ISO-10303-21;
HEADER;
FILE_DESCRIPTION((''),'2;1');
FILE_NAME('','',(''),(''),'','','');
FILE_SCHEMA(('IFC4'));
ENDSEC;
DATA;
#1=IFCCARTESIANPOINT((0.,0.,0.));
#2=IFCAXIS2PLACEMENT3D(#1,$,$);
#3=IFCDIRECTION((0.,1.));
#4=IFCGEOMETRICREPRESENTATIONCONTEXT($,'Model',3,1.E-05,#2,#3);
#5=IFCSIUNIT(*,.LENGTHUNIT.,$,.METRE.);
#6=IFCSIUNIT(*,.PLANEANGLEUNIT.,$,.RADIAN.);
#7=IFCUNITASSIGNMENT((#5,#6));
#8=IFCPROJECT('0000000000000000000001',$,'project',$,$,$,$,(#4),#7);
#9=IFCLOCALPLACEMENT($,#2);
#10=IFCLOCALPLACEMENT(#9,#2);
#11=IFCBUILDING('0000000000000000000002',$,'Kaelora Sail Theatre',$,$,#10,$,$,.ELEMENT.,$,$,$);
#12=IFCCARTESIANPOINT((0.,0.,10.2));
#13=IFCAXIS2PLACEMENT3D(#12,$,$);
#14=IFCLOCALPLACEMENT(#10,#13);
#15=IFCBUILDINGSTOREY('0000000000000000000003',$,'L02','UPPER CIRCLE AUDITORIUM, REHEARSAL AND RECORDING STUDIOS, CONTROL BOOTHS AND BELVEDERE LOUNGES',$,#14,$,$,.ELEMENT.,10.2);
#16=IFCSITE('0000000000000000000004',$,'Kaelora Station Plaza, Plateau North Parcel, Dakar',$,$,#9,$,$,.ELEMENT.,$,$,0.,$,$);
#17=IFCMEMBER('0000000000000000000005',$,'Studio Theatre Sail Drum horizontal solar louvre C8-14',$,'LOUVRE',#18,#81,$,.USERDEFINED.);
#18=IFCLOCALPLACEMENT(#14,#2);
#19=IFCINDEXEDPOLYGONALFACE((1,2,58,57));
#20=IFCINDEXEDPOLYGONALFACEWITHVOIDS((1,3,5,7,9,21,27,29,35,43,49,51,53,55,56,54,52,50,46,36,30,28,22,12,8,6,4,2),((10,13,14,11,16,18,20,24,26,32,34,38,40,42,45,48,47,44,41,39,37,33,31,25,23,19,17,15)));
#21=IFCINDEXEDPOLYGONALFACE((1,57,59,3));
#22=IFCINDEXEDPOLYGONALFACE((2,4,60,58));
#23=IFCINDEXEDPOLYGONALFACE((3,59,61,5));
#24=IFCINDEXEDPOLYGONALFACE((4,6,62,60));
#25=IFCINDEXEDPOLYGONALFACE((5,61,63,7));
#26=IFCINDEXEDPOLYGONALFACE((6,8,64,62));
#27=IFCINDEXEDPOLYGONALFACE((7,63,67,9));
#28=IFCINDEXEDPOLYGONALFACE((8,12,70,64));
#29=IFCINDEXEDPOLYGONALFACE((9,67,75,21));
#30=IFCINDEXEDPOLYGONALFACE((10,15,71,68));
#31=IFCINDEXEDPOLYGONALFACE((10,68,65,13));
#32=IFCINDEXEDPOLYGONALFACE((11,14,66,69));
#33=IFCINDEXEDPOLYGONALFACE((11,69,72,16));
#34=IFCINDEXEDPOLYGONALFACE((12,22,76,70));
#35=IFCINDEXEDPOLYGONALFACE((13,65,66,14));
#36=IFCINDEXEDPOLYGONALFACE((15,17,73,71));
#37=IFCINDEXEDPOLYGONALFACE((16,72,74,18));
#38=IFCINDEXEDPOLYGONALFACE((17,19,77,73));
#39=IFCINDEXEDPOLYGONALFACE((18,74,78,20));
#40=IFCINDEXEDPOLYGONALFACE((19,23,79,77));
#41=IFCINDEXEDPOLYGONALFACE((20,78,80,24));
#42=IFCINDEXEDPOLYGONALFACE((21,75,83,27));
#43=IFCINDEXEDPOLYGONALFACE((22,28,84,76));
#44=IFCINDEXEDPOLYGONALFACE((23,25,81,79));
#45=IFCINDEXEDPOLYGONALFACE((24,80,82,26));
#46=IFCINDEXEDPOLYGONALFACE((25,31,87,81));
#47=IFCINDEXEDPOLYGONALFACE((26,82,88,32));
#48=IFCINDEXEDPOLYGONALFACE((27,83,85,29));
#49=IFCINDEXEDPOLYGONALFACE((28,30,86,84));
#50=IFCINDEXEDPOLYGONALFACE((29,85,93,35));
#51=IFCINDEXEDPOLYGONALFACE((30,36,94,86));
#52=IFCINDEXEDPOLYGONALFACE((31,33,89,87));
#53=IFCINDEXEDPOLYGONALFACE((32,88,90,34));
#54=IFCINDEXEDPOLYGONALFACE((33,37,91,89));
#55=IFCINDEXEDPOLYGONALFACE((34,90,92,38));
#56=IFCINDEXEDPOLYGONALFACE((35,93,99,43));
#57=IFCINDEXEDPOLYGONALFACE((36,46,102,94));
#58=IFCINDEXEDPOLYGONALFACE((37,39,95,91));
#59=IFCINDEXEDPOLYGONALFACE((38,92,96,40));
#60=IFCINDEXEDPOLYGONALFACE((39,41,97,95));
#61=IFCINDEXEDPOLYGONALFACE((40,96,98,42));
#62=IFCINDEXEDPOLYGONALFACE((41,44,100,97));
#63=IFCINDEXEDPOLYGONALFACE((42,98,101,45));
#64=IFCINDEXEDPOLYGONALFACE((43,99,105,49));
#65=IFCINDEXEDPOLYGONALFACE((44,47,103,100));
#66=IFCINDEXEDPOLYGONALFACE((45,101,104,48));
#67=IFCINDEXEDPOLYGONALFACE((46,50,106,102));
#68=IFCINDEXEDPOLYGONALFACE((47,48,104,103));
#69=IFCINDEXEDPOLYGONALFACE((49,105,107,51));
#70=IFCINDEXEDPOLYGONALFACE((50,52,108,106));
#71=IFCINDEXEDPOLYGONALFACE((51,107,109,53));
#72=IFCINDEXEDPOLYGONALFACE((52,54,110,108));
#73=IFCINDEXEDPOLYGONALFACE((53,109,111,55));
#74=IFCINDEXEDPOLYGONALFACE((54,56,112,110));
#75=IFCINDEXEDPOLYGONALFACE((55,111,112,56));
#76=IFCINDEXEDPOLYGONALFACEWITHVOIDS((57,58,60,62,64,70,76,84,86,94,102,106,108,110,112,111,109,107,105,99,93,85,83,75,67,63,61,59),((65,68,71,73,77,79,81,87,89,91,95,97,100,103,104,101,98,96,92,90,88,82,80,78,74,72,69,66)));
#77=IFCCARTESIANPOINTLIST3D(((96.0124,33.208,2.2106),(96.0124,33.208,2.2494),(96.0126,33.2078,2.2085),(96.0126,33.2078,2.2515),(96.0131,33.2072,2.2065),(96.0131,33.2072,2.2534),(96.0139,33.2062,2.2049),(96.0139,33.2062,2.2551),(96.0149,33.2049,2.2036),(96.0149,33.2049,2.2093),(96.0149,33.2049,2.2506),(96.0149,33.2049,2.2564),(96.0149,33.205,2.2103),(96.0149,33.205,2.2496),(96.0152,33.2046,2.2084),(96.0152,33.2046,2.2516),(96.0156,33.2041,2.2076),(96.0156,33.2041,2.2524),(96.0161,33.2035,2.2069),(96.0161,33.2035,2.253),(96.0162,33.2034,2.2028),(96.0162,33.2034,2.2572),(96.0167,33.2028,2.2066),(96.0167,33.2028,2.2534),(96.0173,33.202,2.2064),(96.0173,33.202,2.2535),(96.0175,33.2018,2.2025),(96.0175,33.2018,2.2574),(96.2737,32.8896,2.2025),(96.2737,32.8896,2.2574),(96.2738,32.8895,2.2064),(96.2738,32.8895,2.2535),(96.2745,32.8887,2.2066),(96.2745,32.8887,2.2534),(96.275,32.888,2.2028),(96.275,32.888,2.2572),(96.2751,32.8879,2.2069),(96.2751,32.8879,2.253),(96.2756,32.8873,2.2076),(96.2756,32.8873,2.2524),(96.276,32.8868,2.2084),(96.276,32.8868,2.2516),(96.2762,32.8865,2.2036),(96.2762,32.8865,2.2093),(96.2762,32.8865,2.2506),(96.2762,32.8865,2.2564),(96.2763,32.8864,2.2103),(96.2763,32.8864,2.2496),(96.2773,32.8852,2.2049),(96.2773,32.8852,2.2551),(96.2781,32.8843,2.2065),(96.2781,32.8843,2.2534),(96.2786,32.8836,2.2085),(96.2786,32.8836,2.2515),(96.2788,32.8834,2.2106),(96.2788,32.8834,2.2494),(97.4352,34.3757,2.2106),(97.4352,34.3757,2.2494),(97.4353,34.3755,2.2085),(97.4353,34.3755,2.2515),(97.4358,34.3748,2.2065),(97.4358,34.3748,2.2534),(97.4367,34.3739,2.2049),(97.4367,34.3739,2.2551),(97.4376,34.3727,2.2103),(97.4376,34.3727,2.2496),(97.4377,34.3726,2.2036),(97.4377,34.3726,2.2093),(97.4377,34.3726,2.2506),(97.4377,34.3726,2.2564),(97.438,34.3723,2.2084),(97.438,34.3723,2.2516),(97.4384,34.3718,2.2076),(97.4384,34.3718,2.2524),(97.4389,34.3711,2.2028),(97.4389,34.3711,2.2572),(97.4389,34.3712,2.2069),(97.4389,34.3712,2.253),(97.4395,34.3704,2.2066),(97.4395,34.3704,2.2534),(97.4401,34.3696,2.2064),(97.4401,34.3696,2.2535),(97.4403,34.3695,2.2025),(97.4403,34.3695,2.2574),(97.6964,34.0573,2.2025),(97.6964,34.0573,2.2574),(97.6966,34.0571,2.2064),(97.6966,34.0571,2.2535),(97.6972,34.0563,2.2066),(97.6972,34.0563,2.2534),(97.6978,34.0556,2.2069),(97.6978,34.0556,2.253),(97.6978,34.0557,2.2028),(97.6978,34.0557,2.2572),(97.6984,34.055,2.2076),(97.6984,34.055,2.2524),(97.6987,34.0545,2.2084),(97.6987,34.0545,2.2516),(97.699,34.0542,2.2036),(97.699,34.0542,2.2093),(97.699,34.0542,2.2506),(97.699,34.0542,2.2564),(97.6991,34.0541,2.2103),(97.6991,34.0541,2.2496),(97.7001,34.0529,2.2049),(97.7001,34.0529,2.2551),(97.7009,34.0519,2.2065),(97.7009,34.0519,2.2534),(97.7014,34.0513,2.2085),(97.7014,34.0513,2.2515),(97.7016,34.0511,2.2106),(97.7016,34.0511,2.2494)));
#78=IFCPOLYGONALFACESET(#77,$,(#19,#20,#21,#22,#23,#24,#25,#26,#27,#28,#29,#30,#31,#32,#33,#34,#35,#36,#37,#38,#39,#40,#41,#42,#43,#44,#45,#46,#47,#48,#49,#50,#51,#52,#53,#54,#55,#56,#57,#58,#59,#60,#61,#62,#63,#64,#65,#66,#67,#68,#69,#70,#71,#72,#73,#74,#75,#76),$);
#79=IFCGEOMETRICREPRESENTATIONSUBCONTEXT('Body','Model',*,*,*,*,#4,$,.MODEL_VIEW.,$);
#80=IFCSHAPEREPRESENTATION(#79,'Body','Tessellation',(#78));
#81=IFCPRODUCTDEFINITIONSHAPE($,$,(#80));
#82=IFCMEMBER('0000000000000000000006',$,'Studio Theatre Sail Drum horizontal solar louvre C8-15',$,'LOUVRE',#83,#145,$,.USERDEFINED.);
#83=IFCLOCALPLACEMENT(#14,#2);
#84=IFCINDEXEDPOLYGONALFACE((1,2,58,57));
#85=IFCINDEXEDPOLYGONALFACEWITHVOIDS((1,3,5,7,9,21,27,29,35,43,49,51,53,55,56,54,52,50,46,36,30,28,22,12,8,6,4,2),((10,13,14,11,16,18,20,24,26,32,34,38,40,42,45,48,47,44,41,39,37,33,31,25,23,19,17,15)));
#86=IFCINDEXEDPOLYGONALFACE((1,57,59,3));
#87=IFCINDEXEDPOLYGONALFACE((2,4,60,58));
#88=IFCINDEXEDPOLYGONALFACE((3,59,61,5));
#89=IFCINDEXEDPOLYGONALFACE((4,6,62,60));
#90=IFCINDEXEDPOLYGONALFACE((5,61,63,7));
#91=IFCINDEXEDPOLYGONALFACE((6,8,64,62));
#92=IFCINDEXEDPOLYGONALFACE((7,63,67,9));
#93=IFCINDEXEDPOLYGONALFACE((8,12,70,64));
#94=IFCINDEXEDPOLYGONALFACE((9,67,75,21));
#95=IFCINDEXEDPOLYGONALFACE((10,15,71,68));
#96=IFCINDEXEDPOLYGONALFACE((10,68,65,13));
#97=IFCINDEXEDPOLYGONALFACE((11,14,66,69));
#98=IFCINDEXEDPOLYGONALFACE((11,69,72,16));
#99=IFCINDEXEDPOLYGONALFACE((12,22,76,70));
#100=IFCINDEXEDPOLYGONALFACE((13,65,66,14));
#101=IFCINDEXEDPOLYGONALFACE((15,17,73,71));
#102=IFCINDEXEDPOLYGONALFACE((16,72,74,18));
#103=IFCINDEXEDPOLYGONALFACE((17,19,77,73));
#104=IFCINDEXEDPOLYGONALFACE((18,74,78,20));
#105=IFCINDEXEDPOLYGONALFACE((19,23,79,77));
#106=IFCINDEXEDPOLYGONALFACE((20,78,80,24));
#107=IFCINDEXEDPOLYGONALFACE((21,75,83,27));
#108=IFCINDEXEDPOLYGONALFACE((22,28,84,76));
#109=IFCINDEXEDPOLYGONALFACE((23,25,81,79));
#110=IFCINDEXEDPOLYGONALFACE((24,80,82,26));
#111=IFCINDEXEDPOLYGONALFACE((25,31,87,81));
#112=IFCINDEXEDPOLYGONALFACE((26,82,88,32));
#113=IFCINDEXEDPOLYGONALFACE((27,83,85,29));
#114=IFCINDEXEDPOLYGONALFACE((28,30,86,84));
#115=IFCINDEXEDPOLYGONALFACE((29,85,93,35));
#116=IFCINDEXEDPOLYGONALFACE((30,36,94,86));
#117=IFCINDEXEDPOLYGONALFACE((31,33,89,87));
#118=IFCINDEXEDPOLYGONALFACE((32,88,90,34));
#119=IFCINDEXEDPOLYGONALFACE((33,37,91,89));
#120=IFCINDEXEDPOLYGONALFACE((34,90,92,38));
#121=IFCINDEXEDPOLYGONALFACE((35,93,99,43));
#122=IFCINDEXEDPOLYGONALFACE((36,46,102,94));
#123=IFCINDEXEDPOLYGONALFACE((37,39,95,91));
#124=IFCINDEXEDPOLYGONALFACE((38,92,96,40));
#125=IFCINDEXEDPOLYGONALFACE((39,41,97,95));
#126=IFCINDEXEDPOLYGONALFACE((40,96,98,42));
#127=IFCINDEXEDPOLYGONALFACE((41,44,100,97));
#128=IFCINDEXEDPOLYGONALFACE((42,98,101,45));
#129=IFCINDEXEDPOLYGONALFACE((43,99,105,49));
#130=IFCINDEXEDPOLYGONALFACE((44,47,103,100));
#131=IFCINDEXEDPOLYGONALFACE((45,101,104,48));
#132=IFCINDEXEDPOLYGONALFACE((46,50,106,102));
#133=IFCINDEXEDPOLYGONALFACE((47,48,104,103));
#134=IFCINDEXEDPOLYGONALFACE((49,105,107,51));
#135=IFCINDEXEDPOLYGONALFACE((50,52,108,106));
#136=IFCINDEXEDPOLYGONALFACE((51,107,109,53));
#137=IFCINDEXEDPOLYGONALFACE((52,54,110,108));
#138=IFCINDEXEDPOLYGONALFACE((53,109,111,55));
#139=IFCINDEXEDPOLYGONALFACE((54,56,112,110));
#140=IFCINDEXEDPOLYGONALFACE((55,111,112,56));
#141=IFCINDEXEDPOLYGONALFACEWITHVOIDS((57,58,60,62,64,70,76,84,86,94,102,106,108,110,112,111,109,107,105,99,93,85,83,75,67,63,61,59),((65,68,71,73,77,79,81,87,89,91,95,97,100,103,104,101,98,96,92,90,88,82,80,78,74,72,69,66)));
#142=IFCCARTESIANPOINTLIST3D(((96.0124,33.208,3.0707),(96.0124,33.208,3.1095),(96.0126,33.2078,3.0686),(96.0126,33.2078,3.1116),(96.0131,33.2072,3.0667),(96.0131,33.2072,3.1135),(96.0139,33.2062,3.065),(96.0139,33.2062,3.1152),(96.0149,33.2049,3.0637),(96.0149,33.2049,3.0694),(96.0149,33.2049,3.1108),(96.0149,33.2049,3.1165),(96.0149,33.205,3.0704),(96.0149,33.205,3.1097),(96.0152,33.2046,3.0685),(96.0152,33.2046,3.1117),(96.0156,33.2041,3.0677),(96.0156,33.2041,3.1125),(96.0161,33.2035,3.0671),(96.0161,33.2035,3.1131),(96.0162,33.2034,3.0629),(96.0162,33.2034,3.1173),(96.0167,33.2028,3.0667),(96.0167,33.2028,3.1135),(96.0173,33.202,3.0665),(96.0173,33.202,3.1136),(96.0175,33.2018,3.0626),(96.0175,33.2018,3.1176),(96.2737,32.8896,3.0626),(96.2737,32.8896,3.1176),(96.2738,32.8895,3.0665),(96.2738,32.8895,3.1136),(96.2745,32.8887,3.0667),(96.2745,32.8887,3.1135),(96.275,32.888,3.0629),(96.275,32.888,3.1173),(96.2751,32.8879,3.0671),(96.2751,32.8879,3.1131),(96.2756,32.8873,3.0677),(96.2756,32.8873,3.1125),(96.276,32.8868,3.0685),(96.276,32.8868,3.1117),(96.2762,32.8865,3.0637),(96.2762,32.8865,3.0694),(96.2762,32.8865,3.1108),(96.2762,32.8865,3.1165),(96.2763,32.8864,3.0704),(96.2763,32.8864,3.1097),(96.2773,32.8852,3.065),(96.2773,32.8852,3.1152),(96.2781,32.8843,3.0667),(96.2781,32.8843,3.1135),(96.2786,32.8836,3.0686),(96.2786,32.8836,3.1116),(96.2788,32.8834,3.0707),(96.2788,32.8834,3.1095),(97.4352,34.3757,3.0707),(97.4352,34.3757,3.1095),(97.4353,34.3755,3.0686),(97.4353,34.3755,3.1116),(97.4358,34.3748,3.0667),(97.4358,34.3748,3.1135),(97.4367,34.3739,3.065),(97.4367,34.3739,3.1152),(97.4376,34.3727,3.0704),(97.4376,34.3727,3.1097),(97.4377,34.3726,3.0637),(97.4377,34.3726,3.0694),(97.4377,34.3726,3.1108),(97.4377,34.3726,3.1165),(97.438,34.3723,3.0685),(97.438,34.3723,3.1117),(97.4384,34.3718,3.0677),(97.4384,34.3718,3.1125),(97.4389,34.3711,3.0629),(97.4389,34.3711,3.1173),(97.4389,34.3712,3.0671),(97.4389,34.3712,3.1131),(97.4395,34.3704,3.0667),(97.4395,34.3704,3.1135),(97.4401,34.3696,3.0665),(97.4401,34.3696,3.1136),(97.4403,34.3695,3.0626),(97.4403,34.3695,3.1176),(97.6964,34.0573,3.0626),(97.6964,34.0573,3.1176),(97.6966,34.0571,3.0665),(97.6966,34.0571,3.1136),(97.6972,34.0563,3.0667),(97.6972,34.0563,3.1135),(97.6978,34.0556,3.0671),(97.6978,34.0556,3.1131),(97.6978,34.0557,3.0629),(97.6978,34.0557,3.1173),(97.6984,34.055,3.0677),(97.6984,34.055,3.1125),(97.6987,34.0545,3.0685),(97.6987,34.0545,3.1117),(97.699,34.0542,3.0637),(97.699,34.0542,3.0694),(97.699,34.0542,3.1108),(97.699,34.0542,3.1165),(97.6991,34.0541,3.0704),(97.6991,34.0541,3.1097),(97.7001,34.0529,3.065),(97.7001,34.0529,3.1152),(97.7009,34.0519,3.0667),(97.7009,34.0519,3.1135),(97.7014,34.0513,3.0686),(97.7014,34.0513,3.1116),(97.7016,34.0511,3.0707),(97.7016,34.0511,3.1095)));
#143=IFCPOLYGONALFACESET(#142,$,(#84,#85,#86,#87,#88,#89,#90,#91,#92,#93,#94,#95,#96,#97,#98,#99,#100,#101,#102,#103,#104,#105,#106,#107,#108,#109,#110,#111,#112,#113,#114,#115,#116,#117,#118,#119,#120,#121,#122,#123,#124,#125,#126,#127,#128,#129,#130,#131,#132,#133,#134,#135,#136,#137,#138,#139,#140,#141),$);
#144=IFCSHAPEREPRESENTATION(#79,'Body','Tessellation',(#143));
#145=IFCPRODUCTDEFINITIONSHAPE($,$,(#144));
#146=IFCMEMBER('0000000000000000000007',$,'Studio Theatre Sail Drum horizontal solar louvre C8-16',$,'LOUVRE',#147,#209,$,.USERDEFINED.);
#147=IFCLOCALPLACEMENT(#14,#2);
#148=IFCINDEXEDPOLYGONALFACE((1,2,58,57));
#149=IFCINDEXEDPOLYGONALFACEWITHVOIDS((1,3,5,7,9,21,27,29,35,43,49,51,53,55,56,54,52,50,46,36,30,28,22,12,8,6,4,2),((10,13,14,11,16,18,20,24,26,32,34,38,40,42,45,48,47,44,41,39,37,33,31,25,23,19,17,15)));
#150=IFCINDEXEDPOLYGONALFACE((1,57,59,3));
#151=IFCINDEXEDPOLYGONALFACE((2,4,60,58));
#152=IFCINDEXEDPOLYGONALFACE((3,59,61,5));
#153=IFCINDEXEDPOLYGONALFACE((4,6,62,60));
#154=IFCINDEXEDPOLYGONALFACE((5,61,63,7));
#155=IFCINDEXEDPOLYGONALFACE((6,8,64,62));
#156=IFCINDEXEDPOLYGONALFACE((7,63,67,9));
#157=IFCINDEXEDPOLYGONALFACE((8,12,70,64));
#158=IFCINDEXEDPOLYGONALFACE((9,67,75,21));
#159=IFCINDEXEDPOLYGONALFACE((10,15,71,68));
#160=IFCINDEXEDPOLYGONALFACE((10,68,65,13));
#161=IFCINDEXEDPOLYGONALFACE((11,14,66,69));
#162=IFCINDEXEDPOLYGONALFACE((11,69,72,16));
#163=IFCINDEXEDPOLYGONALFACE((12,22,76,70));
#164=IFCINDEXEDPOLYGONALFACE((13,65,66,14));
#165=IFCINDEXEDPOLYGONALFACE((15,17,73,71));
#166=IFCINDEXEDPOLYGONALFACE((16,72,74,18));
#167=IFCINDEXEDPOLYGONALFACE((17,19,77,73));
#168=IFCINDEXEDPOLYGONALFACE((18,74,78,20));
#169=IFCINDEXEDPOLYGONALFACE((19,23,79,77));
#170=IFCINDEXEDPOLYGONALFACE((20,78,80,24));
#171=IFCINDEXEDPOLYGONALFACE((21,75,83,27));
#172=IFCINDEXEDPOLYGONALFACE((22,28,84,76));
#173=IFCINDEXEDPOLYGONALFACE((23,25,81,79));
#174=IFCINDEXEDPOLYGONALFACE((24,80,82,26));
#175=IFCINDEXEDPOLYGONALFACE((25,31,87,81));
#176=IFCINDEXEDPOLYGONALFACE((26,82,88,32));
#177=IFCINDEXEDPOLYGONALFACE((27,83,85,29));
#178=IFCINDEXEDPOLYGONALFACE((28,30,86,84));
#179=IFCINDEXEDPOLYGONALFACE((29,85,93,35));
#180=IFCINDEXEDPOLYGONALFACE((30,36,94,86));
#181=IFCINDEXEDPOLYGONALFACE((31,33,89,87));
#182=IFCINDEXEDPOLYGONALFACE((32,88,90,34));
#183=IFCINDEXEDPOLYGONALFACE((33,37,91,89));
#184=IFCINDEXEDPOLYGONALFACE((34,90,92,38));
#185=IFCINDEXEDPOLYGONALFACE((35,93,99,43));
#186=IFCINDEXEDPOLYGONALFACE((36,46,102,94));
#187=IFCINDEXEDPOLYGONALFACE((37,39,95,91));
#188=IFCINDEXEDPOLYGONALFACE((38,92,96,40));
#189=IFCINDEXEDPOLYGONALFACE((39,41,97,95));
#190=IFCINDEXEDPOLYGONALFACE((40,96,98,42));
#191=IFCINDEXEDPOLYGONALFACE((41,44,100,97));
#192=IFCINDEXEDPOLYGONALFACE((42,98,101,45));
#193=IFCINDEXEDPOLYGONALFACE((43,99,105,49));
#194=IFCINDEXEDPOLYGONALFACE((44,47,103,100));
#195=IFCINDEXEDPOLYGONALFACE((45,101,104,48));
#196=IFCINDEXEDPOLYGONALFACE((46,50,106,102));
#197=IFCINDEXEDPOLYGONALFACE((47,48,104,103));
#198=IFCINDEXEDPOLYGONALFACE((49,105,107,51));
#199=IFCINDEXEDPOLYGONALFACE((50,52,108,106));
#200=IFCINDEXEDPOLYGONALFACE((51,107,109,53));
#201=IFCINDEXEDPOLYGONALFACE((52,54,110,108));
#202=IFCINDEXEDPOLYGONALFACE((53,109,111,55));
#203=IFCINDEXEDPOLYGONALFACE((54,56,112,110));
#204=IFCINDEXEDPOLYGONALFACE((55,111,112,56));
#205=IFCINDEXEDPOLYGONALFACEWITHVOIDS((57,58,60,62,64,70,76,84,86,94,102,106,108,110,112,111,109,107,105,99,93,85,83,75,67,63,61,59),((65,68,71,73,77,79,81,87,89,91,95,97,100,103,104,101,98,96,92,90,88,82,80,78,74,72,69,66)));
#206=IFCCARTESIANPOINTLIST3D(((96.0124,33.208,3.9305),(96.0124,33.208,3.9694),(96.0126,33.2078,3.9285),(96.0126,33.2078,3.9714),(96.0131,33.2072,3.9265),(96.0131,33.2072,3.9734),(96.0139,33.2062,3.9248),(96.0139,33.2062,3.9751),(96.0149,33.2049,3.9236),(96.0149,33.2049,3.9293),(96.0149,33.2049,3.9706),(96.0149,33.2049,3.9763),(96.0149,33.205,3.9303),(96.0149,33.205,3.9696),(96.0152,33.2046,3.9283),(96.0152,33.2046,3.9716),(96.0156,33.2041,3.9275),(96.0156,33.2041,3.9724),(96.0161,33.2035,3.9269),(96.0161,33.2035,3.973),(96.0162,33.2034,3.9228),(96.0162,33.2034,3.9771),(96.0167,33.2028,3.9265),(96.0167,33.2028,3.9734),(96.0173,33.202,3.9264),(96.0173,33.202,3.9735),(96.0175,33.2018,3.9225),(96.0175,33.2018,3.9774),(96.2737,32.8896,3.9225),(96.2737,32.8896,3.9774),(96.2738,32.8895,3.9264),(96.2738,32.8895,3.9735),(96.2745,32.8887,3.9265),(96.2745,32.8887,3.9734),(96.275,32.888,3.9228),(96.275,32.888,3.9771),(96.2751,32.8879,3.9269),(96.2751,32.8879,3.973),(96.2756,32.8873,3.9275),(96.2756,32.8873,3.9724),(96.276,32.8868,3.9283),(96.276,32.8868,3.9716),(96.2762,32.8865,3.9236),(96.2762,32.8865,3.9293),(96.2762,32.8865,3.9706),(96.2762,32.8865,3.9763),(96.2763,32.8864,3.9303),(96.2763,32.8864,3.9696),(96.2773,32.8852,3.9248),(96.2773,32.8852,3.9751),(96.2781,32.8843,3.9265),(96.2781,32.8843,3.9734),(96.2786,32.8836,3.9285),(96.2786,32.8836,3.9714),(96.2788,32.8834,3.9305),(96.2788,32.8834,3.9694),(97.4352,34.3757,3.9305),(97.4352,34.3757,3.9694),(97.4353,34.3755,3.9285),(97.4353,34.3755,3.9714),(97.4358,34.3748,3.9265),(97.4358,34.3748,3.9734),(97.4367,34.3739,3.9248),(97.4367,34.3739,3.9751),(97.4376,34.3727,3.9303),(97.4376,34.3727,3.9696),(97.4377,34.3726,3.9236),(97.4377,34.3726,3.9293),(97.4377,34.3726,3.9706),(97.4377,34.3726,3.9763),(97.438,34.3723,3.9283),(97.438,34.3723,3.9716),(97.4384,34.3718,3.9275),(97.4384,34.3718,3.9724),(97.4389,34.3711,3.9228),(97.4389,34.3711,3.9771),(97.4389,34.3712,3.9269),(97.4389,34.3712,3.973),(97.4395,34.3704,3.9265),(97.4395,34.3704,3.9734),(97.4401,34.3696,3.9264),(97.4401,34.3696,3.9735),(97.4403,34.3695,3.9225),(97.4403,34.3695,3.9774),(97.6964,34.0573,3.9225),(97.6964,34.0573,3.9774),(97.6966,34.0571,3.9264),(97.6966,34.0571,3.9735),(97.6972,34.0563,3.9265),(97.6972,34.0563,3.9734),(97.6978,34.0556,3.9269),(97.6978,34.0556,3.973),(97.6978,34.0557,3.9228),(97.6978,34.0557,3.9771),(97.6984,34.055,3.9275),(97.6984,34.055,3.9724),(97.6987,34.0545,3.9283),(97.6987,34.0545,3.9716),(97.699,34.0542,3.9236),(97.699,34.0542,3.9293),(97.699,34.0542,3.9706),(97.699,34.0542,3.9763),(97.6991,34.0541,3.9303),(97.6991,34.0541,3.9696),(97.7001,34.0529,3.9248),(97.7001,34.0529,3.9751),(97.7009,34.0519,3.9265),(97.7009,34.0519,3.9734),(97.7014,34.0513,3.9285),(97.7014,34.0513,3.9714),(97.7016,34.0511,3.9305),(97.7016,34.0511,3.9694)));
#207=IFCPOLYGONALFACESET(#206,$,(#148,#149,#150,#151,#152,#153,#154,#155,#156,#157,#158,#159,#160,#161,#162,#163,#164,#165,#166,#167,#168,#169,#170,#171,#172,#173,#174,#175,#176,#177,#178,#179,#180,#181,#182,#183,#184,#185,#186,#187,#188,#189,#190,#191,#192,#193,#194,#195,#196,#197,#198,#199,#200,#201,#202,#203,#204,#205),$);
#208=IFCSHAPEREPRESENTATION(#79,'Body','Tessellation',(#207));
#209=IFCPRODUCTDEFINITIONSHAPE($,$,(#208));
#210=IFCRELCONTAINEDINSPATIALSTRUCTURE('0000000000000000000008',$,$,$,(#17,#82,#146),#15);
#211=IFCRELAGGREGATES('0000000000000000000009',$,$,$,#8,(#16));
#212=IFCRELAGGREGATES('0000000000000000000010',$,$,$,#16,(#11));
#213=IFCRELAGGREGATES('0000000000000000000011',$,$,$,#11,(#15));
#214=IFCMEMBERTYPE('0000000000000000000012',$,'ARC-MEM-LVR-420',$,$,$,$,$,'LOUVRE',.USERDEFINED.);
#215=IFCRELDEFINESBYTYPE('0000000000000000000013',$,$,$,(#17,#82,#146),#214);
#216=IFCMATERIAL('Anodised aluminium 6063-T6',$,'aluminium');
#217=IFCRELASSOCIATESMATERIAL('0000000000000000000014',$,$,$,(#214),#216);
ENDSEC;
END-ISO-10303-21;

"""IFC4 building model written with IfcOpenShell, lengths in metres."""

from ifc_helpers import new_model, si_unit, direction, frame, origin, origin_2d, place, context, subcontext, project, spatial, hollow_rectangle, extrude, material, material_profile, profile_set, type_object, element, save


model = new_model("IFC4")

# Units and contexts
model_context = context("Model", 3, precision=1e-05, world=origin(), true_north=direction((0.0, 1.0)))
body_context = subcontext(model_context, "Body", "Model", "MODEL_VIEW")
ifc_project = project(units=[si_unit("LENGTHUNIT", "METRE"), si_unit("PLANEANGLEUNIT", "RADIAN")], contexts=[model_context])

# Site, building, storey
site_placement = place(None, origin())
site = spatial("IfcSite", under=ifc_project, at=site_placement, Name="Kaelora Station Plaza, Plateau North Parcel, Dakar", CompositionType="ELEMENT", RefElevation=0.0)
building_placement = place(site_placement, origin())
building = spatial("IfcBuilding", under=site, at=building_placement, Name="Kaelora Sail Theatre", CompositionType="ELEMENT")
storey_placement = place(building_placement, frame((0.0, 0.0, 10.2)))
storey = spatial("IfcBuildingStorey", under=building, at=storey_placement, Name="L02", Description="UPPER CIRCLE AUDITORIUM, REHEARSAL AND RECORDING STUDIOS, CONTROL BOOTHS AND BELVEDERE LOUNGES", CompositionType="ELEMENT", Elevation=10.2)

# Members
ifc_material_1 = material(Name="Anodised aluminium 6063-T6", Category="aluminium")
ifc_material_profile_1 = material_profile(ifc_material_1, hollow_rectangle(XDim=0.4199, YDim=0.0549, WallThickness=0.0039, InnerFilletRadius=0.0039, OuterFilletRadius=0.0081, at=origin_2d()), Name="LOUVRE 420x55x4")
ifc_profile_set_1 = profile_set([ifc_material_profile_1], Name="Anodised aluminium 6063-T6")
member_type = type_object("IfcMemberType", Name="ARC-MEM-LVR-420", ElementType="LOUVRE", PredefinedType="USERDEFINED", material=ifc_profile_set_1)
for number, where, z_axis, x_axis, name in (
    (1, (97.5684, 34.2134, 2.23), (-0.773005, -0.6344, 0.0), (0.6344, -0.773005, 0.0), "Studio Theatre Sail Drum horizontal solar louvre C8-14"),
    (2, (97.5684, 34.2134, 3.0901), (-0.773005, -0.6344, 0.0), (0.6344, -0.773005, 0.0), "Studio Theatre Sail Drum horizontal solar louvre C8-15"),
    (3, (97.5684, 34.2134, 3.95), (-0.773005, -0.6344, 0.0), (0.6344, -0.773005, 0.0), "Studio Theatre Sail Drum horizontal solar louvre C8-16"),
):
    element("IfcMember", number, at=place(storey_placement, frame(where, z_axis=z_axis, x_axis=x_axis)), inside=storey, type_object=member_type, Name=name, ObjectType="LOUVRE", PredefinedType="USERDEFINED", context=body_context, shape_type="SweptSolid", body=[
        extrude(hollow_rectangle(XDim=0.4199, YDim=0.0549, WallThickness=0.0039, InnerFilletRadius=0.0039, OuterFilletRadius=0.0081, at=origin_2d()), origin(), (0.0, 0.0, 1.0), 1.8406),
    ])

save(model, "model.ifc")
